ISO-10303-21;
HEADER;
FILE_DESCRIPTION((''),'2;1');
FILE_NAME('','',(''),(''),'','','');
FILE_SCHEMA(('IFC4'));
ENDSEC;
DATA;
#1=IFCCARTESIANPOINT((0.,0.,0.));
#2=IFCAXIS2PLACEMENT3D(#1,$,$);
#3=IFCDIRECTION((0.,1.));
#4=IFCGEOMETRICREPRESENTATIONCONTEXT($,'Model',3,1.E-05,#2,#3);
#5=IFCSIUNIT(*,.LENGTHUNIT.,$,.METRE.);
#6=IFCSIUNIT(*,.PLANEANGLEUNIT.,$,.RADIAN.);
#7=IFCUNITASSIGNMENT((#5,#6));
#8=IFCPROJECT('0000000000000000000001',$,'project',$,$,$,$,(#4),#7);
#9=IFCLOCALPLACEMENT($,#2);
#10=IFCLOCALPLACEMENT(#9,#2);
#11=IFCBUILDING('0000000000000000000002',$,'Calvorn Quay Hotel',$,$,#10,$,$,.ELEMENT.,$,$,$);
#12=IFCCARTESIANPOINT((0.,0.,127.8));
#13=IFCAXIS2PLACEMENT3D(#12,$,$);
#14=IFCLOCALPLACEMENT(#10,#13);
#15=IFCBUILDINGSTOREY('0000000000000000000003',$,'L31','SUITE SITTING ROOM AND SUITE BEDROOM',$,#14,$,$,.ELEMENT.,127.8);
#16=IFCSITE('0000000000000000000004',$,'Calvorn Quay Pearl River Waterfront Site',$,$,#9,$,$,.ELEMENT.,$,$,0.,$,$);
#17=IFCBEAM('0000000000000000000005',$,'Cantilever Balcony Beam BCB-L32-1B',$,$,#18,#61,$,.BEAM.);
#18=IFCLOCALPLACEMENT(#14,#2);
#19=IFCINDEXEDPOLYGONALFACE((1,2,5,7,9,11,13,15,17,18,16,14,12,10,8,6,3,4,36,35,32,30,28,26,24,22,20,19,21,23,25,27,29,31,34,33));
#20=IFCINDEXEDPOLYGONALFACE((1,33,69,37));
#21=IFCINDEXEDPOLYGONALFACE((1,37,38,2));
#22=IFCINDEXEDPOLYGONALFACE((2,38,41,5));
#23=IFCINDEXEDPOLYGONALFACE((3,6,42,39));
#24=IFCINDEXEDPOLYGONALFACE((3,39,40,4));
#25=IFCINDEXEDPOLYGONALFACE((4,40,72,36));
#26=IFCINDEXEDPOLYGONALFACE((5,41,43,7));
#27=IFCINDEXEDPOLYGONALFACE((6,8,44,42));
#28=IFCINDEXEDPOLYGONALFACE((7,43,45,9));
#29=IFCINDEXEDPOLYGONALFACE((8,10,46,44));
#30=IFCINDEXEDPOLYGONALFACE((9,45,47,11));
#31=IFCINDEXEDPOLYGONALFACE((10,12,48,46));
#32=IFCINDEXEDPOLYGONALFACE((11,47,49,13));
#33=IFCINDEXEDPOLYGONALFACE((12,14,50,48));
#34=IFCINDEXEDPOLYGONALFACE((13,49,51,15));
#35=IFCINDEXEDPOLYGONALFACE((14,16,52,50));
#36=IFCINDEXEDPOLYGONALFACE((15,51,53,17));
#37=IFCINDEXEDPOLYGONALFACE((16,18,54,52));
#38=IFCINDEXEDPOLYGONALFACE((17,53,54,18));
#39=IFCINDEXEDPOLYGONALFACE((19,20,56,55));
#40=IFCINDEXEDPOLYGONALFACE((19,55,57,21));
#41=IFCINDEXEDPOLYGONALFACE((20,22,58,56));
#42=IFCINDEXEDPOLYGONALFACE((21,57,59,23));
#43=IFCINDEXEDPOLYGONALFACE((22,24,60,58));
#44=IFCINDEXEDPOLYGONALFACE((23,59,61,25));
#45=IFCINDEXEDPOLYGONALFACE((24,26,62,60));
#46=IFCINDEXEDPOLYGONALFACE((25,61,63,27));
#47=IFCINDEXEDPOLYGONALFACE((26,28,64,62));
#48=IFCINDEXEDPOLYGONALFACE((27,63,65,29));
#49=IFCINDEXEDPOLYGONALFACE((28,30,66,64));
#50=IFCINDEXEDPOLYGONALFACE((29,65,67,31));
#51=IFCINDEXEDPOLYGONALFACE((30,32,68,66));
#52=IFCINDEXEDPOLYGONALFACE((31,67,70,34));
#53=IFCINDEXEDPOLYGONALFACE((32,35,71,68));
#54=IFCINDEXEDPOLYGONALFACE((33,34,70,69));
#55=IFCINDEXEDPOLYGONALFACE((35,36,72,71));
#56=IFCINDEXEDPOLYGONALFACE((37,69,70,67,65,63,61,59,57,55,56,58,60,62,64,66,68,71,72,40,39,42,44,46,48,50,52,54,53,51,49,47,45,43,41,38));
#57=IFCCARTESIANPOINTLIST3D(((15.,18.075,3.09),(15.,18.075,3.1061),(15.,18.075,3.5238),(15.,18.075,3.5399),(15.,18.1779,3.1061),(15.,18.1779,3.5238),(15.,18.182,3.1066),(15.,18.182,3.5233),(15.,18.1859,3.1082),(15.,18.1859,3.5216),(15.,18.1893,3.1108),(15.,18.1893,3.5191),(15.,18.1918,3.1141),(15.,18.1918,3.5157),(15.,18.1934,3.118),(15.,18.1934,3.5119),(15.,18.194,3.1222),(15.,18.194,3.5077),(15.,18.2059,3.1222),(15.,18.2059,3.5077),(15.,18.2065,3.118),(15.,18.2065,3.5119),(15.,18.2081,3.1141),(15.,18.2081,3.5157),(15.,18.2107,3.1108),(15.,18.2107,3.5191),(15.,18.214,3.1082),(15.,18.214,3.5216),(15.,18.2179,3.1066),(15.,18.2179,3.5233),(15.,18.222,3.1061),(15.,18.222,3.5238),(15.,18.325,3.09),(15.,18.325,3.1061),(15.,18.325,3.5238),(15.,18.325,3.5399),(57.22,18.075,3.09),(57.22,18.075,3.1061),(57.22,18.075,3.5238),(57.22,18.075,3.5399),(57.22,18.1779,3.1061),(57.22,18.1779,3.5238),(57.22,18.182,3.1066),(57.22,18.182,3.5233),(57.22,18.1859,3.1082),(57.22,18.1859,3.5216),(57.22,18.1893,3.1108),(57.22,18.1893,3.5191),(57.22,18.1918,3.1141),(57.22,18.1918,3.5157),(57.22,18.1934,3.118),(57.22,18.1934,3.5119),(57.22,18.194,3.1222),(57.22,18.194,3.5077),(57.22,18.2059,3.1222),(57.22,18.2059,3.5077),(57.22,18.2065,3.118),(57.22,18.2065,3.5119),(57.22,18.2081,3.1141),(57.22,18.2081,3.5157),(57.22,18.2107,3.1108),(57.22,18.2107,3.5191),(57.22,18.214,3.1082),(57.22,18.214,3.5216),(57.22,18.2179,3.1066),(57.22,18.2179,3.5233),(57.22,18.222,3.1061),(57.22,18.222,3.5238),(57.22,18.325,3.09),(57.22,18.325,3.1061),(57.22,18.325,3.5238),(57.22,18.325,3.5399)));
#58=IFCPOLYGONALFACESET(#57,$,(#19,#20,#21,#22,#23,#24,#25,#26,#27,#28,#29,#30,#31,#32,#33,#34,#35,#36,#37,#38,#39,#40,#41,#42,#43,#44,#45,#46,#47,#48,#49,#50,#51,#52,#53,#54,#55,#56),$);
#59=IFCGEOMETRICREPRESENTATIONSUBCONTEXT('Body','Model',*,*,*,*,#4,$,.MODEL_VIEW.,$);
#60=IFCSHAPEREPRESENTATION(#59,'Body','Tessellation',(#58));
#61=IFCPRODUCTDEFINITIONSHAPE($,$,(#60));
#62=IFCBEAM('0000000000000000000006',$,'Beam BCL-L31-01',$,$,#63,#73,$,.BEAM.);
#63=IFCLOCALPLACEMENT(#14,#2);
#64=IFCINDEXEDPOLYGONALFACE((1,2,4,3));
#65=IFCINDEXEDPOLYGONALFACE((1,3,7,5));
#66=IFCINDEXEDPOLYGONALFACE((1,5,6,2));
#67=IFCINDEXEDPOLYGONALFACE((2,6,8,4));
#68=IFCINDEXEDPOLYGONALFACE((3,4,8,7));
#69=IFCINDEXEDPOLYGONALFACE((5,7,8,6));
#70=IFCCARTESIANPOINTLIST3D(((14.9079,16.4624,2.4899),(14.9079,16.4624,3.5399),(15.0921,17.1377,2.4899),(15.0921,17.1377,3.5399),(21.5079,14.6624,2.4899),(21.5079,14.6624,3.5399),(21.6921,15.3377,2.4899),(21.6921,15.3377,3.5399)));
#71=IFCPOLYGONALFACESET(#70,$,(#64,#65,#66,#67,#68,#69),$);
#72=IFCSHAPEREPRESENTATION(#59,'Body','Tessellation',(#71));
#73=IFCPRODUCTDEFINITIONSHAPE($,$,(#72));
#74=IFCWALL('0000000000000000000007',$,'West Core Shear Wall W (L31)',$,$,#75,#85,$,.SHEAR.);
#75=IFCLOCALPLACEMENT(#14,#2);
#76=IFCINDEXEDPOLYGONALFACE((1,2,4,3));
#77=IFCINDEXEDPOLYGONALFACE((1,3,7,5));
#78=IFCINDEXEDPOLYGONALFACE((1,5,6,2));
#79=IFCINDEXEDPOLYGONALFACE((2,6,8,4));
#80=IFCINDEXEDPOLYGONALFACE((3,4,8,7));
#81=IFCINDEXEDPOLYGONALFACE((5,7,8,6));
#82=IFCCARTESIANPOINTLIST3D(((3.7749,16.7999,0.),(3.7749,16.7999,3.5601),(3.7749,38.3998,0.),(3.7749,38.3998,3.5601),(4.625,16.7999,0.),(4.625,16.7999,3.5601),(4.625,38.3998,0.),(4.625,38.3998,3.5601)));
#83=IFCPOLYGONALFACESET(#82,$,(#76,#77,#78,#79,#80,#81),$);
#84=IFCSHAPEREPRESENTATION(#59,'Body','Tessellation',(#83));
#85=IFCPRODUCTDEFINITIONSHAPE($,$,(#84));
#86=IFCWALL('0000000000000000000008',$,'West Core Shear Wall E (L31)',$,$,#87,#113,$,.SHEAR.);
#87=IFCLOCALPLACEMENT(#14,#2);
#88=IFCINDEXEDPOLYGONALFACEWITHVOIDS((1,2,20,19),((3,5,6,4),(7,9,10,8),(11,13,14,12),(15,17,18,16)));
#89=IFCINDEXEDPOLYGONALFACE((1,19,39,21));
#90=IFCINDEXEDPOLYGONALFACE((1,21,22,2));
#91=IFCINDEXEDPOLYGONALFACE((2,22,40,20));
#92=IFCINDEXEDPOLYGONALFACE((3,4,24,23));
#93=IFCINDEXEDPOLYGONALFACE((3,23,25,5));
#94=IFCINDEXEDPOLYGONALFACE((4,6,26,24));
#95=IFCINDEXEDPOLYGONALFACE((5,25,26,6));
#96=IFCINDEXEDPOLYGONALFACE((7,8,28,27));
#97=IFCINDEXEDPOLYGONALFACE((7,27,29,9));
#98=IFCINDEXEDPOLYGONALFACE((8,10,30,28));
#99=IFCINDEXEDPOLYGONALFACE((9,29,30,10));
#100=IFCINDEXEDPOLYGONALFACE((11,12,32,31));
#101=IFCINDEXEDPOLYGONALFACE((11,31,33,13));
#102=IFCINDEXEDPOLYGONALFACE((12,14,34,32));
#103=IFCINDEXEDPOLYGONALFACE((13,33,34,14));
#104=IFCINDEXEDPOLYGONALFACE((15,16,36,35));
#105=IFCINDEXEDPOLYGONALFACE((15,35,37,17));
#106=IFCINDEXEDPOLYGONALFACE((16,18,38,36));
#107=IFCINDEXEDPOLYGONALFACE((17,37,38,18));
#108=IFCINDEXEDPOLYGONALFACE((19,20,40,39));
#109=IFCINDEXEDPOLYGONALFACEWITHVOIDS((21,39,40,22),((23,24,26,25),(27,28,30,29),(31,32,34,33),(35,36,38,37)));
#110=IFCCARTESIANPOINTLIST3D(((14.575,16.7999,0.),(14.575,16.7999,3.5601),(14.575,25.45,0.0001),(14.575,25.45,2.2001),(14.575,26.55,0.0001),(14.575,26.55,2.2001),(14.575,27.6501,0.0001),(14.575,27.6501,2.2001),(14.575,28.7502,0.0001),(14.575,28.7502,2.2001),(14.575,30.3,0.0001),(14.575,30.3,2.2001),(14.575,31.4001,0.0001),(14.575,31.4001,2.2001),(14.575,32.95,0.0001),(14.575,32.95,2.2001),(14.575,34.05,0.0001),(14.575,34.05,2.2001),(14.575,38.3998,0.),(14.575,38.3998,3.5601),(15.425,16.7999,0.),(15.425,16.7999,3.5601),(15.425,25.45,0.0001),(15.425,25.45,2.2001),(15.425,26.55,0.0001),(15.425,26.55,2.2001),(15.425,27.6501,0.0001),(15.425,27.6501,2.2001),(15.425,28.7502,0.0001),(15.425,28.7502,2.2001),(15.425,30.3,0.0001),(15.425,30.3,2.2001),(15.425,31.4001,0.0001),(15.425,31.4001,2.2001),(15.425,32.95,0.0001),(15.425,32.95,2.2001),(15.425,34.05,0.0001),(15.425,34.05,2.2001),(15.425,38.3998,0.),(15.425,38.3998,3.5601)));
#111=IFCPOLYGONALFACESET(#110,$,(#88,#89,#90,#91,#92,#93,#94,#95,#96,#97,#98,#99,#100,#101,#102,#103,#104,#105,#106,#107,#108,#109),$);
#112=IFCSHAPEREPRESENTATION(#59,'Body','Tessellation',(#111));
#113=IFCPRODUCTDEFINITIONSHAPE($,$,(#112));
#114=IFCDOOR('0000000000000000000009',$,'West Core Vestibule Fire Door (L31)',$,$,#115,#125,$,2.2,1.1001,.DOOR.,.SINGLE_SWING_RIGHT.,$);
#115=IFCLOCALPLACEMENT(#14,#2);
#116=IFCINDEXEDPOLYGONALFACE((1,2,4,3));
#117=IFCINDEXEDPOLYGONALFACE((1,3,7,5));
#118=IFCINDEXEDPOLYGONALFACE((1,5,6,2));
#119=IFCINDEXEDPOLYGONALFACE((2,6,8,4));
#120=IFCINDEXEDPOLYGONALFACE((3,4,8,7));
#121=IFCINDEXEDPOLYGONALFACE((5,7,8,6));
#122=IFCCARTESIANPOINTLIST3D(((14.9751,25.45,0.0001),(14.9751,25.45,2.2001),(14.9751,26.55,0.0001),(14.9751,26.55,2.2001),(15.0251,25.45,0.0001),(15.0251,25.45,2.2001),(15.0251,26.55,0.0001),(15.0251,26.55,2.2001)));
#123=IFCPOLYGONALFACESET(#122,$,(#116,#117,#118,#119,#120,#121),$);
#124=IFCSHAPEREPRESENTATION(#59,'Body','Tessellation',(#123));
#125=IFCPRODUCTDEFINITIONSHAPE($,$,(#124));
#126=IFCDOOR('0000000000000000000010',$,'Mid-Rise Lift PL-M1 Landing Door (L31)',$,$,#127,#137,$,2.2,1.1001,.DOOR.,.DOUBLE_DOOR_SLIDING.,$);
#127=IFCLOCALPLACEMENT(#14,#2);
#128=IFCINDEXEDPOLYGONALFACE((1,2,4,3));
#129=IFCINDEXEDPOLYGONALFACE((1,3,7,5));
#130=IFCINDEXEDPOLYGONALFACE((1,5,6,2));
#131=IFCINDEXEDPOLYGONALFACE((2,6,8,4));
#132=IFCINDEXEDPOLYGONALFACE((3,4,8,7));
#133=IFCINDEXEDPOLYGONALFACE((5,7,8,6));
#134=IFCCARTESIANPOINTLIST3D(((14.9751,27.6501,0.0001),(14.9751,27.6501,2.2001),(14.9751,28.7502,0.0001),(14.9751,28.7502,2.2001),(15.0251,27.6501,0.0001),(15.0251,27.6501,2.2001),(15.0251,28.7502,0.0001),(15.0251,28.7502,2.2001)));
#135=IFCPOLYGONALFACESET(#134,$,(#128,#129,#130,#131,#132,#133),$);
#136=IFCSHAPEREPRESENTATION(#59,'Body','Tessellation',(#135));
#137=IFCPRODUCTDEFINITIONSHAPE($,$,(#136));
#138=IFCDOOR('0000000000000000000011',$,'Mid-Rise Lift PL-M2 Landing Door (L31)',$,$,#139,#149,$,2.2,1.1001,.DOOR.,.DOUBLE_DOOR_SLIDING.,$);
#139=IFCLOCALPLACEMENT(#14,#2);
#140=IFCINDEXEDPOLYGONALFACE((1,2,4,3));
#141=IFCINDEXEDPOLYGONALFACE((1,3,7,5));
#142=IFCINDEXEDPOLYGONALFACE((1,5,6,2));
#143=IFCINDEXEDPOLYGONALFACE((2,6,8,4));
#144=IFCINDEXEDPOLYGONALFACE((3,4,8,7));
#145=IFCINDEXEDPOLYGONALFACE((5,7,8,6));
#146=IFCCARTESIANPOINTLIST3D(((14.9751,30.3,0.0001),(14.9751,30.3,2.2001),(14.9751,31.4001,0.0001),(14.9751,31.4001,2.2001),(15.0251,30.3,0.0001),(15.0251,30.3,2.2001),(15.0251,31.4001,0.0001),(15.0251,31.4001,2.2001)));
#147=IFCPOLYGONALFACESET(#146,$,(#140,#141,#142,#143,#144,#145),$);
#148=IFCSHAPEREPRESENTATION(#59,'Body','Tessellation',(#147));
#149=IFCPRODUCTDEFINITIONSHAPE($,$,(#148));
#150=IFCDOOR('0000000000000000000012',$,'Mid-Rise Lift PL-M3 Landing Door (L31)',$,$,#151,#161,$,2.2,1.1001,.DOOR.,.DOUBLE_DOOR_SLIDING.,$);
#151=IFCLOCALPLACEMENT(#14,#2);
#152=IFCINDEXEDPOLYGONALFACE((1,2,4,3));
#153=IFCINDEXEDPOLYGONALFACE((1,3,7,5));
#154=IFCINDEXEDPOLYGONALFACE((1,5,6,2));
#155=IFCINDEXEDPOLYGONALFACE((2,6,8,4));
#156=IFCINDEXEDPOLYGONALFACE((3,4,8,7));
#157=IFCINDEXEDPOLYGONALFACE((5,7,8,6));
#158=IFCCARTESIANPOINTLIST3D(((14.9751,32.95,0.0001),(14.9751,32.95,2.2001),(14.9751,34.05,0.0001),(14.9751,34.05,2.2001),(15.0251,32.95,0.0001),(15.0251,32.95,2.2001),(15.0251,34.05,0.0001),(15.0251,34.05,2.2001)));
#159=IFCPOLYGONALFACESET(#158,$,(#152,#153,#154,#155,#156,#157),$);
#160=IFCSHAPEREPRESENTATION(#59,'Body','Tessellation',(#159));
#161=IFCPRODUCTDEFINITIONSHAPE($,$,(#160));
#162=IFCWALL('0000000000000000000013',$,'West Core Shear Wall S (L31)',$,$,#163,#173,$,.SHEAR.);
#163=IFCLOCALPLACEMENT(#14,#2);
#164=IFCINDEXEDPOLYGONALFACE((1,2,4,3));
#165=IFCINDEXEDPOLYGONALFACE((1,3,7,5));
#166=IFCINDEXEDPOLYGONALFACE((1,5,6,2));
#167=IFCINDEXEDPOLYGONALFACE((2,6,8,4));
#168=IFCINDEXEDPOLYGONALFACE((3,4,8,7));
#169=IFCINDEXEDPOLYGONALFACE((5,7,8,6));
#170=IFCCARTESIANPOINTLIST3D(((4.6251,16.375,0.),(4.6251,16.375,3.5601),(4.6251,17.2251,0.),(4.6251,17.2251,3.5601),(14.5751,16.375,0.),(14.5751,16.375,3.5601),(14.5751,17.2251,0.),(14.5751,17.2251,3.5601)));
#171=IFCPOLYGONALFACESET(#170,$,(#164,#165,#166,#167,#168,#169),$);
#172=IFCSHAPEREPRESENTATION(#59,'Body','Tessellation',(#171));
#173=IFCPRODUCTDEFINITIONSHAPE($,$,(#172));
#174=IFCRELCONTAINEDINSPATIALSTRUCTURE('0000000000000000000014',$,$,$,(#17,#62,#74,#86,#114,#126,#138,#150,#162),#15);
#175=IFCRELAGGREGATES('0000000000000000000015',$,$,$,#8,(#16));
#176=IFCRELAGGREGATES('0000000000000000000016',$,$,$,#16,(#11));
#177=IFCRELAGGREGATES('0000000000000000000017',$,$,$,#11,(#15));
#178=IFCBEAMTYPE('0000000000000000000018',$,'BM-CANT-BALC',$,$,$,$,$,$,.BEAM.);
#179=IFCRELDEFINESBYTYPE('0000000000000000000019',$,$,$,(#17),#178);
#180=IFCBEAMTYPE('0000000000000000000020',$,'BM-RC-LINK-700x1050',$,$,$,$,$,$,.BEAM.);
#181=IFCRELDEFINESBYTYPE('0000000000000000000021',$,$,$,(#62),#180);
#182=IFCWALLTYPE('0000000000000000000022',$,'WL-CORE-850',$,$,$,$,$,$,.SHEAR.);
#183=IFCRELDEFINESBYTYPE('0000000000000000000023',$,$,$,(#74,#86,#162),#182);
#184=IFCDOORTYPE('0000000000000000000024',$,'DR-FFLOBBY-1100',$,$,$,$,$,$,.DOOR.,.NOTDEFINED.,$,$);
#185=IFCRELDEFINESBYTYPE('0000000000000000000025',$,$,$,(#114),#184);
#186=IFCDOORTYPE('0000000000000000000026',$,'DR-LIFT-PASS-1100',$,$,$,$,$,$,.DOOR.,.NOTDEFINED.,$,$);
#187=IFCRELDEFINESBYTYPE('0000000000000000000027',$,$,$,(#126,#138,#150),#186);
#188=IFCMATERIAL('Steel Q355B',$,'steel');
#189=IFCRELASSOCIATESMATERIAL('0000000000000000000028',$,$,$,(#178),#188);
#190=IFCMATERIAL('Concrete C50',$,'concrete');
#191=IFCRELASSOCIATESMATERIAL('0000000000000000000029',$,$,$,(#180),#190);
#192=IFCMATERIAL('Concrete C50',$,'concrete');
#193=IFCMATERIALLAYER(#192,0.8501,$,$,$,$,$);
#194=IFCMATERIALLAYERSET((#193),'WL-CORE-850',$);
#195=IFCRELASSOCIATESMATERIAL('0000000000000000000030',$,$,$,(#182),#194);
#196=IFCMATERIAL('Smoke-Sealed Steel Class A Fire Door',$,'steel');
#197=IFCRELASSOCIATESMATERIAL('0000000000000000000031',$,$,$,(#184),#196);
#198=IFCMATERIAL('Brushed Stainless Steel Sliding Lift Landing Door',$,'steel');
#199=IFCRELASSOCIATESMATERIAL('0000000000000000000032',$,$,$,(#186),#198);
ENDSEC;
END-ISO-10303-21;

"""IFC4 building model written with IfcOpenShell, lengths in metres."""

from ifc_helpers import new_model, si_unit, direction, frame, frame_2d, origin, origin_2d, place, context, subcontext, project, spatial, rectangle, i_section, extrude, material, layer, layer_set, material_profile, profile_set, type_object, element, fill, save


model = new_model("IFC4")

# Units and contexts
model_context = context("Model", 3, precision=1e-05, world=origin(), true_north=direction((0.0, 1.0)))
body_context = subcontext(model_context, "Body", "Model", "MODEL_VIEW")
ifc_project = project(units=[si_unit("LENGTHUNIT", "METRE"), si_unit("PLANEANGLEUNIT", "RADIAN")], contexts=[model_context])

# Site, building, storey
site_placement = place(None, origin())
site = spatial("IfcSite", under=ifc_project, at=site_placement, Name="Calvorn Quay Pearl River Waterfront Site", CompositionType="ELEMENT", RefElevation=0.0)
building_placement = place(site_placement, origin())
building = spatial("IfcBuilding", under=site, at=building_placement, Name="Calvorn Quay Hotel", CompositionType="ELEMENT")
storey_placement = place(building_placement, frame((0.0, 0.0, 127.8)))
storey = spatial("IfcBuildingStorey", under=building, at=storey_placement, Name="L31", Description="SUITE SITTING ROOM AND SUITE BEDROOM", CompositionType="ELEMENT", Elevation=127.8)

# Beams
ifc_material_1 = material(Name="Steel Q355B", Category="steel")
ifc_material_profile_1 = material_profile(ifc_material_1, i_section(OverallWidth=0.25, OverallDepth=0.45, WebThickness=0.012, FlangeThickness=0.0161, FilletRadius=0.0161, at=origin_2d()), Name="HN450x250x12x16")
ifc_profile_set_1 = profile_set([ifc_material_profile_1], Name="Steel Q355B")
beam_type_1 = type_object("IfcBeamType", Name="BM-CANT-BALC", PredefinedType="BEAM", material=ifc_profile_set_1)
beam_1_placement = place(storey_placement, frame((15.0, 18.2, 3.3149), z_axis=(1.0, 0.0, 0.0), x_axis=(0.0, 1.0, 0.0)))
element("IfcBeam", 1, at=beam_1_placement, inside=storey, type_object=beam_type_1, Name="Cantilever Balcony Beam BCB-L32-1B", PredefinedType="BEAM", context=body_context, shape_type="SweptSolid", body=[
    extrude(i_section(OverallWidth=0.25, OverallDepth=0.45, WebThickness=0.012, FlangeThickness=0.0161, FilletRadius=0.0161, at=origin_2d()), origin(), (0.0, 0.0, 1.0), 42.22),
])
ifc_material_2 = material(Name="Concrete C50", Category="concrete")
ifc_material_profile_2 = material_profile(ifc_material_2, rectangle(XDim=0.7, YDim=1.05, at=origin_2d()), Name="RCB700x1050")
ifc_profile_set_2 = profile_set([ifc_material_profile_2], Name="Concrete C50")
beam_type_2 = type_object("IfcBeamType", Name="BM-RC-LINK-700x1050", PredefinedType="BEAM", material=ifc_profile_set_2)
beam_2_placement = place(storey_placement, frame((15.0, 16.8, 3.0149), z_axis=(0.964763, -0.26312, 0.0), x_axis=(0.26312, 0.964763, 0.0)))
element("IfcBeam", 2, at=beam_2_placement, inside=storey, type_object=beam_type_2, Name="Beam BCL-L31-01", PredefinedType="BEAM", context=body_context, shape_type="SweptSolid", body=[
    extrude(rectangle(XDim=0.7, YDim=1.05, at=origin_2d()), origin(), (0.0, 0.0, 1.0), 6.8411),
])

# Wall
ifc_material_3 = material(Name="Concrete C50", Category="concrete")
ifc_layer_1 = layer(ifc_material_3, 0.8501)
ifc_layer_set_1 = layer_set([ifc_layer_1], Name="WL-CORE-850")
wall_type_1 = type_object("IfcWallType", Name="WL-CORE-850", PredefinedType="SHEAR", material=ifc_layer_set_1)
wall_1_placement = place(storey_placement, frame((4.2, 16.8, 0.0), z_axis=(0.0, 0.0, 1.0), x_axis=(0.0, 1.0, 0.0)))
element("IfcWall", 3, at=wall_1_placement, inside=storey, type_object=wall_type_1, Name="West Core Shear Wall W (L31)", PredefinedType="SHEAR", context=body_context, shape_type="SweptSolid", body=[
    extrude(rectangle(XDim=21.5999, YDim=0.8501, at=frame_2d((10.7998, 0.0))), origin(), (0.0, 0.0, 1.0), 3.5601),
])

# Wall, openings, doors
wall_2_placement = place(storey_placement, frame((15.0, 16.8, 0.0), z_axis=(0.0, 0.0, 1.0), x_axis=(0.0, 1.0, 0.0)))
wall_2 = element("IfcWall", 4, at=wall_2_placement, inside=storey, type_object=wall_type_1, Name="West Core Shear Wall E (L31)", PredefinedType="SHEAR", context=body_context, shape_type="SweptSolid", body=[
    extrude(rectangle(XDim=21.5999, YDim=0.8501, at=frame_2d((10.7998, 0.0))), origin(), (0.0, 0.0, 1.0), 3.5601),
])
opening_1_placement = place(wall_2_placement, frame((8.6499, 0.0, 0.0)))
opening_1 = element("IfcOpeningElement", 5, at=opening_1_placement, cuts=wall_2, PredefinedType="OPENING", context=body_context, shape_type="SweptSolid", body=[
    extrude(rectangle(XDim=1.1001, YDim=2.2, at=frame_2d((0.55, 1.1001))), frame((0.0, 0.4351, 0.0), z_axis=(0.0, -1.0, 0.0), x_axis=(1.0, 0.0, 0.0)), (0.0, 0.0, 1.0), 0.8701),
])
opening_2_placement = place(wall_2_placement, frame((10.8501, 0.0, 0.0)))
opening_2 = element("IfcOpeningElement", 6, at=opening_2_placement, cuts=wall_2, PredefinedType="OPENING", context=body_context, shape_type="SweptSolid", body=[
    extrude(rectangle(XDim=1.1001, YDim=2.2, at=frame_2d((0.55, 1.1001))), frame((0.0, 0.4351, 0.0), z_axis=(0.0, -1.0, 0.0), x_axis=(1.0, 0.0, 0.0)), (0.0, 0.0, 1.0), 0.8701),
])
opening_3_placement = place(wall_2_placement, frame((13.5, 0.0, 0.0)))
opening_3 = element("IfcOpeningElement", 7, at=opening_3_placement, cuts=wall_2, PredefinedType="OPENING", context=body_context, shape_type="SweptSolid", body=[
    extrude(rectangle(XDim=1.1001, YDim=2.2, at=frame_2d((0.55, 1.1001))), frame((0.0, 0.4351, 0.0), z_axis=(0.0, -1.0, 0.0), x_axis=(1.0, 0.0, 0.0)), (0.0, 0.0, 1.0), 0.8701),
])
opening_4_placement = place(wall_2_placement, frame((16.1499, 0.0, 0.0)))
opening_4 = element("IfcOpeningElement", 8, at=opening_4_placement, cuts=wall_2, PredefinedType="OPENING", context=body_context, shape_type="SweptSolid", body=[
    extrude(rectangle(XDim=1.1001, YDim=2.2, at=frame_2d((0.55, 1.1001))), frame((0.0, 0.4351, 0.0), z_axis=(0.0, -1.0, 0.0), x_axis=(1.0, 0.0, 0.0)), (0.0, 0.0, 1.0), 0.8701),
])
ifc_material_4 = material(Name="Smoke-Sealed Steel Class A Fire Door", Category="steel")
door_type_1 = type_object("IfcDoorType", Name="DR-FFLOBBY-1100", OperationType="NOTDEFINED", PredefinedType="DOOR", material=ifc_material_4)
door_1_placement = place(opening_1_placement, origin())
door_1 = element("IfcDoor", 9, at=door_1_placement, inside=storey, type_object=door_type_1, Name="West Core Vestibule Fire Door (L31)", OperationType="SINGLE_SWING_RIGHT", OverallHeight=2.2, OverallWidth=1.1001, PredefinedType="DOOR", context=body_context, shape_type="SweptSolid", body=[
    extrude(rectangle(XDim=1.1001, YDim=2.2, at=frame_2d((0.55, 1.1001))), frame((0.0, 0.0249, 0.0), z_axis=(0.0, -1.0, 0.0), x_axis=(1.0, 0.0, 0.0)), (0.0, 0.0, 1.0), 0.05),
])
fill(opening_1, door_1)
ifc_material_5 = material(Name="Brushed Stainless Steel Sliding Lift Landing Door", Category="steel")
door_type_2 = type_object("IfcDoorType", Name="DR-LIFT-PASS-1100", OperationType="NOTDEFINED", PredefinedType="DOOR", material=ifc_material_5)
door_2_placement = place(opening_2_placement, origin())
door_2 = element("IfcDoor", 10, at=door_2_placement, inside=storey, type_object=door_type_2, Name="Mid-Rise Lift PL-M1 Landing Door (L31)", OperationType="DOUBLE_DOOR_SLIDING", OverallHeight=2.2, OverallWidth=1.1001, PredefinedType="DOOR", context=body_context, shape_type="SweptSolid", body=[
    extrude(rectangle(XDim=1.1001, YDim=2.2, at=frame_2d((0.55, 1.1001))), frame((0.0, 0.0249, 0.0), z_axis=(0.0, -1.0, 0.0), x_axis=(1.0, 0.0, 0.0)), (0.0, 0.0, 1.0), 0.05),
])
fill(opening_2, door_2)
door_3_placement = place(opening_3_placement, origin())
door_3 = element("IfcDoor", 11, at=door_3_placement, inside=storey, type_object=door_type_2, Name="Mid-Rise Lift PL-M2 Landing Door (L31)", OperationType="DOUBLE_DOOR_SLIDING", OverallHeight=2.2, OverallWidth=1.1001, PredefinedType="DOOR", context=body_context, shape_type="SweptSolid", body=[
    extrude(rectangle(XDim=1.1001, YDim=2.2, at=frame_2d((0.55, 1.1001))), frame((0.0, 0.0249, 0.0), z_axis=(0.0, -1.0, 0.0), x_axis=(1.0, 0.0, 0.0)), (0.0, 0.0, 1.0), 0.05),
])
fill(opening_3, door_3)
door_4_placement = place(opening_4_placement, origin())
door_4 = element("IfcDoor", 12, at=door_4_placement, inside=storey, type_object=door_type_2, Name="Mid-Rise Lift PL-M3 Landing Door (L31)", OperationType="DOUBLE_DOOR_SLIDING", OverallHeight=2.2, OverallWidth=1.1001, PredefinedType="DOOR", context=body_context, shape_type="SweptSolid", body=[
    extrude(rectangle(XDim=1.1001, YDim=2.2, at=frame_2d((0.55, 1.1001))), frame((0.0, 0.0249, 0.0), z_axis=(0.0, -1.0, 0.0), x_axis=(1.0, 0.0, 0.0)), (0.0, 0.0, 1.0), 0.05),
])
fill(opening_4, door_4)

# Wall
wall_3_placement = place(storey_placement, frame((4.625, 16.8, 0.0), z_axis=(0.0, 0.0, 1.0), x_axis=(1.0, 0.0, 0.0)))
element("IfcWall", 13, at=wall_3_placement, inside=storey, type_object=wall_type_1, Name="West Core Shear Wall S (L31)", PredefinedType="SHEAR", context=body_context, shape_type="SweptSolid", body=[
    extrude(rectangle(XDim=9.95, YDim=0.8501, at=frame_2d((4.9751, 0.0))), origin(), (0.0, 0.0, 1.0), 3.5601),
])

save(model, "model.ifc")
